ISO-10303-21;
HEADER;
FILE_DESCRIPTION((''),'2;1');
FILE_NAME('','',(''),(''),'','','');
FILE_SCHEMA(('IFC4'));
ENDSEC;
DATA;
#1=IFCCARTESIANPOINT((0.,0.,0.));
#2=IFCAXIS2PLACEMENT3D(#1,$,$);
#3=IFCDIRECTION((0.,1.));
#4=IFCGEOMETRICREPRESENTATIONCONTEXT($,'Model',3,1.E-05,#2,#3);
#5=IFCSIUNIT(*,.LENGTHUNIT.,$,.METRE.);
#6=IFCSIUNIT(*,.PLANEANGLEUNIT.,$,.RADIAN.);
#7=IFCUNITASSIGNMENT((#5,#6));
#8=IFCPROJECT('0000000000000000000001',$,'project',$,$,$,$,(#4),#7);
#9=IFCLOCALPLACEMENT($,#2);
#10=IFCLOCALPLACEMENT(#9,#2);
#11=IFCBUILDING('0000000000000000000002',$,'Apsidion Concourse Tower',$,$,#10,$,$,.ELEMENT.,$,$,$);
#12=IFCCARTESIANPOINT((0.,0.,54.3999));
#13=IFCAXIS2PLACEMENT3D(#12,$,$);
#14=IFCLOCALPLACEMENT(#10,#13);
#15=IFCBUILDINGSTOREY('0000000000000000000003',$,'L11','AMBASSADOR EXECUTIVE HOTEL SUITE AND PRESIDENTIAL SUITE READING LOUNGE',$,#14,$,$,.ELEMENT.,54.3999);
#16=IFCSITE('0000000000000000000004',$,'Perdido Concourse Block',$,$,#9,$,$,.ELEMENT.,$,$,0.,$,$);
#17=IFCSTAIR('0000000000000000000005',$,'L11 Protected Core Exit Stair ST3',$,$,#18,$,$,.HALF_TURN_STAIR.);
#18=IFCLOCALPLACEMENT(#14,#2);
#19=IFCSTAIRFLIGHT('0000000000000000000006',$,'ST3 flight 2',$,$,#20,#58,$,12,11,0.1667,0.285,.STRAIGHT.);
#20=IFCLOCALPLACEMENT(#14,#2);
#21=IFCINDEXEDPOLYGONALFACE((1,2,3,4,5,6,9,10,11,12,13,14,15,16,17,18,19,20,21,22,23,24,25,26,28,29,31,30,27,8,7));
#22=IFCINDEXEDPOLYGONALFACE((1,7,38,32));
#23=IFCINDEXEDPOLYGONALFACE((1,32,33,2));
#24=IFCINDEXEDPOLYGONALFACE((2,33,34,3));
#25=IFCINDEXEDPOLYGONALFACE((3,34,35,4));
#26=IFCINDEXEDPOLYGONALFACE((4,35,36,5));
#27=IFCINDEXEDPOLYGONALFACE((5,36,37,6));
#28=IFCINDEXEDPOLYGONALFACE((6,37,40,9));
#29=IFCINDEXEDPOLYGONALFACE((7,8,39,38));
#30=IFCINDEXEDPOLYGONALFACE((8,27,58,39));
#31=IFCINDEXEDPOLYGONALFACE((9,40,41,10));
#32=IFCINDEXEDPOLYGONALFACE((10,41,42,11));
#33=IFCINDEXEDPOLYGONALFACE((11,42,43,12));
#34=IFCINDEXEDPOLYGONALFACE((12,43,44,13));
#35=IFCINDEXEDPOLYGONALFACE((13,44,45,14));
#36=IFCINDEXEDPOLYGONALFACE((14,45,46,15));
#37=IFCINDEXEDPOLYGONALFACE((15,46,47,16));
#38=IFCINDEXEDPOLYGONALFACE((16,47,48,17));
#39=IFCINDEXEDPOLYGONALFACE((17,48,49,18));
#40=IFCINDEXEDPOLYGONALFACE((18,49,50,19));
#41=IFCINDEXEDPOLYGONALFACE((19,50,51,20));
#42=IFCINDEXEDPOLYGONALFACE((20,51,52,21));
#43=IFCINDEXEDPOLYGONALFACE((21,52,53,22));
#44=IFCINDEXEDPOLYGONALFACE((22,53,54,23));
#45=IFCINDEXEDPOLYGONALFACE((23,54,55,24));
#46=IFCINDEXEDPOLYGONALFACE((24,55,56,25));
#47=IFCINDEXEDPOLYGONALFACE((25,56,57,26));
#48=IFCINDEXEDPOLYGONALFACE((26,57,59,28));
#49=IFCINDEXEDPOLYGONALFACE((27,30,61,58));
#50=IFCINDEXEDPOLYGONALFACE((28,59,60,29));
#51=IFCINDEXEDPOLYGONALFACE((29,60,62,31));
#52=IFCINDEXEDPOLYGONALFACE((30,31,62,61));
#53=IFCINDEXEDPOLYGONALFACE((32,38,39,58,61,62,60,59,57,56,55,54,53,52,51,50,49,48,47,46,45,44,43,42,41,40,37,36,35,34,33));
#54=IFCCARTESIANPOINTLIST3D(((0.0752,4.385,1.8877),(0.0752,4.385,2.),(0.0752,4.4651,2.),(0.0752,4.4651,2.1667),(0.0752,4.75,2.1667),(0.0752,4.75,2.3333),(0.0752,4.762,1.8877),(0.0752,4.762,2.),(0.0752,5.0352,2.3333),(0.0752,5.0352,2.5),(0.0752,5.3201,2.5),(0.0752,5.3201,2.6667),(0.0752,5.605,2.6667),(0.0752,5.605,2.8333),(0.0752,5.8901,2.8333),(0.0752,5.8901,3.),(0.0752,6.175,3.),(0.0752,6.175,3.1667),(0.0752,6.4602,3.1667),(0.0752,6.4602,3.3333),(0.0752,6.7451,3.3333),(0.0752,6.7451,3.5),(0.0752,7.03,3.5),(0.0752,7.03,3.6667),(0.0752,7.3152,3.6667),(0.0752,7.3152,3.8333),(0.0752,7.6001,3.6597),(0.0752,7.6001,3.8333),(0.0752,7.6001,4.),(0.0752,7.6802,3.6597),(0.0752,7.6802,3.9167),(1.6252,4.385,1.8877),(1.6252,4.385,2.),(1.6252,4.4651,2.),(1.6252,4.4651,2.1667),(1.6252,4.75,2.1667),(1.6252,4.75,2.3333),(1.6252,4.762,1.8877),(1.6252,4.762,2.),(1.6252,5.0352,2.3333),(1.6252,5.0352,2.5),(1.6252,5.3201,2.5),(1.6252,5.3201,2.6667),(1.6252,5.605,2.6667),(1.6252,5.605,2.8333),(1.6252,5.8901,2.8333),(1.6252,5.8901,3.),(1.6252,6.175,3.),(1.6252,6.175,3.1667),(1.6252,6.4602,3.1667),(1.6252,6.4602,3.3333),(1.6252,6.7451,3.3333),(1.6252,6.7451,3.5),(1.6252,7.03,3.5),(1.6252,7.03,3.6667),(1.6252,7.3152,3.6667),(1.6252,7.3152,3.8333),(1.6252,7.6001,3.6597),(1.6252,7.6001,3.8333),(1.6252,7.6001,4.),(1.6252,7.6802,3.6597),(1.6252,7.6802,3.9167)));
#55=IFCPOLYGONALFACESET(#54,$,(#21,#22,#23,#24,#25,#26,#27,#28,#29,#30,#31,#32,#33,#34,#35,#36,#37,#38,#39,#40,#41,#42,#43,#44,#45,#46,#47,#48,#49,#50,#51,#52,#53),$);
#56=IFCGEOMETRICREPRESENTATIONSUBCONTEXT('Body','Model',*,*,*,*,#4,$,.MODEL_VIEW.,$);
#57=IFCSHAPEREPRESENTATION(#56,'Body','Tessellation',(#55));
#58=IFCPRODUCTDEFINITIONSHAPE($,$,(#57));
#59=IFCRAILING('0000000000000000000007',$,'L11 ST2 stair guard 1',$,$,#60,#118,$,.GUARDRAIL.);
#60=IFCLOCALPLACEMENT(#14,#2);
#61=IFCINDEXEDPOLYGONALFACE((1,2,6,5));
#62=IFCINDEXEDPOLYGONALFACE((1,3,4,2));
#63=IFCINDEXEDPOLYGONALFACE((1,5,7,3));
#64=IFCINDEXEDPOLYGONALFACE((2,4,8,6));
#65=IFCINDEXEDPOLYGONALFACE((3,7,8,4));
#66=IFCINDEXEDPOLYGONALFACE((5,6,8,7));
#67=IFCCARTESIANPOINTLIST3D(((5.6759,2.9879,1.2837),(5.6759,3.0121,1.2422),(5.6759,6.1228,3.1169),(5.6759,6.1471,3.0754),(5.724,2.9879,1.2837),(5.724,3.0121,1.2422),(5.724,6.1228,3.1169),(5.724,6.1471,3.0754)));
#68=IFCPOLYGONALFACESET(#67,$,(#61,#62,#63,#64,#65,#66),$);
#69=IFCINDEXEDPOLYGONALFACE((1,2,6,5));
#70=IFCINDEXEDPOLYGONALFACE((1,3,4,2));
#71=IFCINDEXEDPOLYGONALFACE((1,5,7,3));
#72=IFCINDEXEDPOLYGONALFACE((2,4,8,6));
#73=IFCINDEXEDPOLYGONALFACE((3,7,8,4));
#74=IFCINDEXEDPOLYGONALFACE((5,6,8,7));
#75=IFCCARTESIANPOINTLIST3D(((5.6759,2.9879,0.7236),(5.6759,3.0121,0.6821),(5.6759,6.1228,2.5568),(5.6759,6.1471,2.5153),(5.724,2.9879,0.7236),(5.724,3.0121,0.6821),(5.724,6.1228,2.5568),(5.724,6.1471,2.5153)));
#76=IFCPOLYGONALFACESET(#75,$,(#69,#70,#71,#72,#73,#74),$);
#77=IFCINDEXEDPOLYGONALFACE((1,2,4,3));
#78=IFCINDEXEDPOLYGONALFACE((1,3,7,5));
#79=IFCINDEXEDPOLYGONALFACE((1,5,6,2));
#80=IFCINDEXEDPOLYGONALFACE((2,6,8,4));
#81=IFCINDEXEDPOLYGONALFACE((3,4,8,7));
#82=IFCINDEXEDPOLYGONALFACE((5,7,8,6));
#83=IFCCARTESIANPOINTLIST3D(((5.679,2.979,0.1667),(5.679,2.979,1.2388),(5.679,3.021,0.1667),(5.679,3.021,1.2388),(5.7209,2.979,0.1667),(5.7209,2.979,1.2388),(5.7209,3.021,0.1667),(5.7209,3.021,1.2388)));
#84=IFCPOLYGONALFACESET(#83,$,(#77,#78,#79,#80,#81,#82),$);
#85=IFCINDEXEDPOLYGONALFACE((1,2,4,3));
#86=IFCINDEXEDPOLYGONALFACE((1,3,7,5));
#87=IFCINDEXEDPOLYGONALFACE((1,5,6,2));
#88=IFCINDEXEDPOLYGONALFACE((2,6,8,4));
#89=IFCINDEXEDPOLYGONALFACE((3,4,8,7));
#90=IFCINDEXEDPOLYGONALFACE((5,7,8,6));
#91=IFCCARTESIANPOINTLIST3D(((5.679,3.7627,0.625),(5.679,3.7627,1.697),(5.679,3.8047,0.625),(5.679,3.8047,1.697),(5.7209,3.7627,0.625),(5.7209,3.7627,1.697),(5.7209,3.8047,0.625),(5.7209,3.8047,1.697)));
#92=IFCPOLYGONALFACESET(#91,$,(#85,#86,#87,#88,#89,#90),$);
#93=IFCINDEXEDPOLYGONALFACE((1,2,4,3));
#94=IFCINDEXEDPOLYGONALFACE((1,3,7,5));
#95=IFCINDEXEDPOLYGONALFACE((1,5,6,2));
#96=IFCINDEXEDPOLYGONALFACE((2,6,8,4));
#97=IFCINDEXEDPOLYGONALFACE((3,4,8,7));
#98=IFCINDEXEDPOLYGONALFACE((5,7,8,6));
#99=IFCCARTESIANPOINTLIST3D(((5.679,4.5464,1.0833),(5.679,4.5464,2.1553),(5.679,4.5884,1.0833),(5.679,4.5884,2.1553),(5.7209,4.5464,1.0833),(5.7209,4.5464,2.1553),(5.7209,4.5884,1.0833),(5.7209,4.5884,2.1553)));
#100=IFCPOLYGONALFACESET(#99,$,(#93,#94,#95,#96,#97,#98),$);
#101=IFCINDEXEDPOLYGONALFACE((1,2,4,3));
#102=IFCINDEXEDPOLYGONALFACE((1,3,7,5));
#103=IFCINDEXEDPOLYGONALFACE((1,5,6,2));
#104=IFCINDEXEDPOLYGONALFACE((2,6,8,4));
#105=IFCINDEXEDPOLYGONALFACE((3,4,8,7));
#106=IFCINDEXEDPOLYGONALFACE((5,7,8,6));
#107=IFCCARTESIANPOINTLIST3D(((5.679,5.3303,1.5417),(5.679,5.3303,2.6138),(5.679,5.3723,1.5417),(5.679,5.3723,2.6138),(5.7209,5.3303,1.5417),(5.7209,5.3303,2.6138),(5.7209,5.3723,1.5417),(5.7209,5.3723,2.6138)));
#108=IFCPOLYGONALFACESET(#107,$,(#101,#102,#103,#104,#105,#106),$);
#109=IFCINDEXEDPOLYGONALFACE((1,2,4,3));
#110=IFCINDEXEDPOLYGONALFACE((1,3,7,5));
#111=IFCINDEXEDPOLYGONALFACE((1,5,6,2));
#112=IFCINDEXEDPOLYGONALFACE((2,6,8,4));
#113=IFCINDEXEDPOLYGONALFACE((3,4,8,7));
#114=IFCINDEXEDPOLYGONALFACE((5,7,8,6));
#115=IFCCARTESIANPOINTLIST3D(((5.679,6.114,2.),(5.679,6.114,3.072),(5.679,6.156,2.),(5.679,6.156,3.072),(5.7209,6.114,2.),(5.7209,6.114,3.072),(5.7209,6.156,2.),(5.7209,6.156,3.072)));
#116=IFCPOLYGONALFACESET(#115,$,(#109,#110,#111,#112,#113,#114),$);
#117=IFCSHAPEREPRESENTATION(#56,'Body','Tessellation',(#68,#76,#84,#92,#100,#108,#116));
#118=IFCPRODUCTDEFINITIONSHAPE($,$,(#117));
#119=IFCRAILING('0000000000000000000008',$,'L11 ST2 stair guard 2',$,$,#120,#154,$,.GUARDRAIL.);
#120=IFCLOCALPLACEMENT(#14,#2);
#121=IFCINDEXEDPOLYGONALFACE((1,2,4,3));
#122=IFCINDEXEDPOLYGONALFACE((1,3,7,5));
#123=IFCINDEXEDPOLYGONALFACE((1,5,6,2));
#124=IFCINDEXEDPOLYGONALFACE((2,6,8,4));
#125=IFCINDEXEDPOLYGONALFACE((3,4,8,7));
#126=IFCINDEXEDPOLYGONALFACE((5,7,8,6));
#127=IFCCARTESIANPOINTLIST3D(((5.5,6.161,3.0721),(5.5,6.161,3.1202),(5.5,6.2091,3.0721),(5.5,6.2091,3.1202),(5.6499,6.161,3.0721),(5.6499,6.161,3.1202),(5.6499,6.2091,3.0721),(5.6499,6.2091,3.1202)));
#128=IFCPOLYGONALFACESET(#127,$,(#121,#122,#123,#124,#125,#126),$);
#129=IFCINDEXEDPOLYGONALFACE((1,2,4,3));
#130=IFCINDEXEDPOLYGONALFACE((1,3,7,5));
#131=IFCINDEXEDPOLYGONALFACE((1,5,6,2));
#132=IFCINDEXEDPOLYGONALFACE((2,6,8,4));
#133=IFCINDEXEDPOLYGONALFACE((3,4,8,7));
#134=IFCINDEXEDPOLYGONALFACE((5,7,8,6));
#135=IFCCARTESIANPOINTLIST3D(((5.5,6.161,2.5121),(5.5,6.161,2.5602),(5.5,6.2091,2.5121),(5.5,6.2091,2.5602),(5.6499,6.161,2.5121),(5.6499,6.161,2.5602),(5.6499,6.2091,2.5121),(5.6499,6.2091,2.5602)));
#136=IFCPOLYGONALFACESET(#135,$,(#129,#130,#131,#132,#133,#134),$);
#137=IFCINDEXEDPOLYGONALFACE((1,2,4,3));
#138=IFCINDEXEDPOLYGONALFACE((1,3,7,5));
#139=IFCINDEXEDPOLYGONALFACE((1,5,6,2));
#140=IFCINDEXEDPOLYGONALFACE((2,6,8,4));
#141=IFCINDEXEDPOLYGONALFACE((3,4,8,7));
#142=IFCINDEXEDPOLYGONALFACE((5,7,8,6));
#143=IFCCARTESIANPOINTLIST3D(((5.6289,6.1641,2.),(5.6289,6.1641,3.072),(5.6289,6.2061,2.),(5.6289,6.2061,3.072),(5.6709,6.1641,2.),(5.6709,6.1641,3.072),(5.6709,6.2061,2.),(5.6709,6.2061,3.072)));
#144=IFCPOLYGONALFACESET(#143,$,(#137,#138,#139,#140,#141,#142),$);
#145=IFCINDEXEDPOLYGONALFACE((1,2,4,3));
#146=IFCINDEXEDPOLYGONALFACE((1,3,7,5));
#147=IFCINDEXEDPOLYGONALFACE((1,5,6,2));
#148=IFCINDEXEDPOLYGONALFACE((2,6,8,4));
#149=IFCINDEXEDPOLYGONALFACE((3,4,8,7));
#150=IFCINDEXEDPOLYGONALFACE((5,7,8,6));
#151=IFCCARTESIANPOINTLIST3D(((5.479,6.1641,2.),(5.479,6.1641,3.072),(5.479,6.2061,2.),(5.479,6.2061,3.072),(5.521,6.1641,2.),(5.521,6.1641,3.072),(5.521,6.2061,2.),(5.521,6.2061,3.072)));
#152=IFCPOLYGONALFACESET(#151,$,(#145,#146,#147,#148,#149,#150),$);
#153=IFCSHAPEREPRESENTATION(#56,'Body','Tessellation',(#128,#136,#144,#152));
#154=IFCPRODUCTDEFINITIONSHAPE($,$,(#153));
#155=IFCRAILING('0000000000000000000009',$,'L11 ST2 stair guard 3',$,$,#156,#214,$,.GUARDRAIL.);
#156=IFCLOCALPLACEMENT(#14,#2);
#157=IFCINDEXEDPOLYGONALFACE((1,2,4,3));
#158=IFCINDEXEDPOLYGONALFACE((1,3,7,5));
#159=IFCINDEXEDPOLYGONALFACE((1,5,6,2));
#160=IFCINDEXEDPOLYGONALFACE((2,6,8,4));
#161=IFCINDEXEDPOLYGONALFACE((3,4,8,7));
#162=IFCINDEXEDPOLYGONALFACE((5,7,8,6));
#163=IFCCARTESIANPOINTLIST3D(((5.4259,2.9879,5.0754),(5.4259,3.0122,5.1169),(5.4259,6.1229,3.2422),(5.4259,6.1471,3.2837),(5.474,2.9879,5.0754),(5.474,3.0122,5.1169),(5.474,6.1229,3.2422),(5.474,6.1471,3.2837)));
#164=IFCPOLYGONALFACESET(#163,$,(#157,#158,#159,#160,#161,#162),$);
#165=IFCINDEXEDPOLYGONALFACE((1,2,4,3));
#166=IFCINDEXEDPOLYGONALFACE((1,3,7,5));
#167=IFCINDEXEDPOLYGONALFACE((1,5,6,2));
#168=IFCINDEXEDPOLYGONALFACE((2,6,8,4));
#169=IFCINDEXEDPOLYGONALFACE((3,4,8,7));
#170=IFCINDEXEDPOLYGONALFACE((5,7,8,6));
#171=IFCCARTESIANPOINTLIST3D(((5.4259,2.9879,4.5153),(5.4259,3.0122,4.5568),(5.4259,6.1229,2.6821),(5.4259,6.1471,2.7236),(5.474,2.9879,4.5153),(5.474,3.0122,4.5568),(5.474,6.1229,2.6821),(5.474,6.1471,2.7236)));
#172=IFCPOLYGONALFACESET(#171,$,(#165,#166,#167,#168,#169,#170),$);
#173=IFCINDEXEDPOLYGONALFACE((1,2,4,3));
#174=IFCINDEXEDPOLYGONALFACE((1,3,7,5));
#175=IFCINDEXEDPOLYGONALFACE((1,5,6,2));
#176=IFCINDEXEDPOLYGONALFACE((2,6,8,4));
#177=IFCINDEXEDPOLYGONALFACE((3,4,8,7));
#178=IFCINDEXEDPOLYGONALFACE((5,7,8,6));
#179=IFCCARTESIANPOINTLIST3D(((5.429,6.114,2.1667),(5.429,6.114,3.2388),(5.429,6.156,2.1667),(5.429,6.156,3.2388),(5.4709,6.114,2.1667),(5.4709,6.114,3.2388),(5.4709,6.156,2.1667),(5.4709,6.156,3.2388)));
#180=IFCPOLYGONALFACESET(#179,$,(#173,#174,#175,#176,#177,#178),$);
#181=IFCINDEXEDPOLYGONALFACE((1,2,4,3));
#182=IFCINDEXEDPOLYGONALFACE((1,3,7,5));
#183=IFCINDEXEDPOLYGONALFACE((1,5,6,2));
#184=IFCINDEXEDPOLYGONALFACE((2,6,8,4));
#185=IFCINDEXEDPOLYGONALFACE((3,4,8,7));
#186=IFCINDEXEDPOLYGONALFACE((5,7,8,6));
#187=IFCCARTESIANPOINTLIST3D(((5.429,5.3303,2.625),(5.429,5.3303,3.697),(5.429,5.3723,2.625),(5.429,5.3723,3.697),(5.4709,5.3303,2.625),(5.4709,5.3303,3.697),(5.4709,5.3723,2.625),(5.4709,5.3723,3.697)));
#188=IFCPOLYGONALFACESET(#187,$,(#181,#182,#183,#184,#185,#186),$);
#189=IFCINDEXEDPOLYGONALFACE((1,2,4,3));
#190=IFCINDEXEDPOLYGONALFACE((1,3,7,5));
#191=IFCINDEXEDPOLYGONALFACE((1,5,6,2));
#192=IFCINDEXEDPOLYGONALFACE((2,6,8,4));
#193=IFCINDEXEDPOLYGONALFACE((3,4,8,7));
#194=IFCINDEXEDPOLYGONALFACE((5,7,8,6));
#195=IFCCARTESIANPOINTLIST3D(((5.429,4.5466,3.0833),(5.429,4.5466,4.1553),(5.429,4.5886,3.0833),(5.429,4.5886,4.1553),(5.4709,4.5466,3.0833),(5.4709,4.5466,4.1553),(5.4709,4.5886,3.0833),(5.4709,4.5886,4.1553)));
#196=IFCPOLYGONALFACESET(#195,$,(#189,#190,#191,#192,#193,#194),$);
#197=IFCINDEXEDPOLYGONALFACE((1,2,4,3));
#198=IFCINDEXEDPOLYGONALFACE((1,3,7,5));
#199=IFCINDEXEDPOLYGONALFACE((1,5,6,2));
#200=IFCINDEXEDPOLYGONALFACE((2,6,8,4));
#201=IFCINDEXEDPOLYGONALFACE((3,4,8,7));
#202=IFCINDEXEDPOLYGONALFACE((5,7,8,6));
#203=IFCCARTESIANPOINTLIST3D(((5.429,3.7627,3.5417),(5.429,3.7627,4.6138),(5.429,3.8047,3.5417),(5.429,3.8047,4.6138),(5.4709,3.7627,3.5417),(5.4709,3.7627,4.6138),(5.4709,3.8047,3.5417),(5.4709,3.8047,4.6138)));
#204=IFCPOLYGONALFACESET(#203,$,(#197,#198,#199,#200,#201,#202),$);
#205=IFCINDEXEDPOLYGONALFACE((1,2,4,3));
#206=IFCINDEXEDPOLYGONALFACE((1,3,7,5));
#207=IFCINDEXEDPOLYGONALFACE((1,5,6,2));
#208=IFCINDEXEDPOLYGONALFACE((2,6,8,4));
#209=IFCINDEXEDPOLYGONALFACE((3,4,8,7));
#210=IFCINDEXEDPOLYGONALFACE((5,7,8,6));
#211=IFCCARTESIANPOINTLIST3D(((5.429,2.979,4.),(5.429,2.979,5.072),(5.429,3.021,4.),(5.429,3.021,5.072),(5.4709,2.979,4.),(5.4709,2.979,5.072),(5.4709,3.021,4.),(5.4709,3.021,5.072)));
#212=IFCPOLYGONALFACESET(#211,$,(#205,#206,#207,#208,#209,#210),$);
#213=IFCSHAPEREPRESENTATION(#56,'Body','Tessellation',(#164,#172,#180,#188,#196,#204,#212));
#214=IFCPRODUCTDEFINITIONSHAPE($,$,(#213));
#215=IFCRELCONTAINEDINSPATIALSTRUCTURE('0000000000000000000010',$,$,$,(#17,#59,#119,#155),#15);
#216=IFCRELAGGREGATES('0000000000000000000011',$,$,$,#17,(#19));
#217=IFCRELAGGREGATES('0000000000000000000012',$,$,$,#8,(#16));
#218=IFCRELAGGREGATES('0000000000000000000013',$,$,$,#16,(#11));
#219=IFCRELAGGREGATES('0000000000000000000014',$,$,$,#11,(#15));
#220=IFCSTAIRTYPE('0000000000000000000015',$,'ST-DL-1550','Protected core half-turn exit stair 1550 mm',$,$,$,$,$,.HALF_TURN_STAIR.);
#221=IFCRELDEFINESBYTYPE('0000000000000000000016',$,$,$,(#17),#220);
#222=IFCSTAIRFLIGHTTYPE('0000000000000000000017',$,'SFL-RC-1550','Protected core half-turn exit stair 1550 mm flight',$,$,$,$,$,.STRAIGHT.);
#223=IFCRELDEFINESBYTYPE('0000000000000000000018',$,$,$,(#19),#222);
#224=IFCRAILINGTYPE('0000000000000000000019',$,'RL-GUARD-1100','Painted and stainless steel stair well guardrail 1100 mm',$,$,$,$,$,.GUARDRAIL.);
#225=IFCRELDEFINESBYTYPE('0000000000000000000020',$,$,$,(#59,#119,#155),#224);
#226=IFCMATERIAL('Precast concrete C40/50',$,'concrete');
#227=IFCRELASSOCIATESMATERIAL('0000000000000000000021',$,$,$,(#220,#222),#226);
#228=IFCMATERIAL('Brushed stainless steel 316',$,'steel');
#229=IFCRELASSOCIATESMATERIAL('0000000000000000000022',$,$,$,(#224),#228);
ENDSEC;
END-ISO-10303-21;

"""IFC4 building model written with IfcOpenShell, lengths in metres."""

from ifc_helpers import new_model, si_unit, direction, frame, origin, origin_2d, place, context, subcontext, project, spatial, polyline, rectangle, outline, extrude, material, type_object, element, aggregate, save


model = new_model("IFC4")

# Units and contexts
model_context = context("Model", 3, precision=1e-05, world=origin(), true_north=direction((0.0, 1.0)))
body_context = subcontext(model_context, "Body", "Model", "MODEL_VIEW")
ifc_project = project(units=[si_unit("LENGTHUNIT", "METRE"), si_unit("PLANEANGLEUNIT", "RADIAN")], contexts=[model_context])

# Site, building, storey
site_placement = place(None, origin())
site = spatial("IfcSite", under=ifc_project, at=site_placement, Name="Perdido Concourse Block", CompositionType="ELEMENT", RefElevation=0.0)
building_placement = place(site_placement, origin())
building = spatial("IfcBuilding", under=site, at=building_placement, Name="Apsidion Concourse Tower", CompositionType="ELEMENT")
storey_placement = place(building_placement, frame((0.0, 0.0, 54.3999)))
storey = spatial("IfcBuildingStorey", under=building, at=storey_placement, Name="L11", Description="AMBASSADOR EXECUTIVE HOTEL SUITE AND PRESIDENTIAL SUITE READING LOUNGE", CompositionType="ELEMENT", Elevation=54.3999)

# Shared definitions
ifc_material_1 = material(Name="Precast concrete C40/50", Category="concrete")
stair_type = type_object("IfcStairType", Name="ST-DL-1550", Description="Protected core half-turn exit stair 1550 mm", PredefinedType="HALF_TURN_STAIR", material=ifc_material_1)
stair_flight_type = type_object("IfcStairFlightType", Name="SFL-RC-1550", Description="Protected core half-turn exit stair 1550 mm flight", PredefinedType="STRAIGHT", material=ifc_material_1)

# Stair, stair flight
stair_1_placement = place(storey_placement, origin())
stair_1 = element("IfcStair", 1, at=stair_1_placement, inside=storey, type_object=stair_type, Name="L11 Protected Core Exit Stair ST3", PredefinedType="HALF_TURN_STAIR")
stair_flight_1_placement = place(storey_placement, frame((0.8501, 4.4651, 2.0), z_axis=(0.0, 0.0, 1.0), x_axis=(0.0, 1.0, 0.0)))
stair_flight_1 = element("IfcStairFlight", 2, at=stair_flight_1_placement, type_object=stair_flight_type, Name="ST3 flight 2", NumberOfRisers=12, NumberOfTreads=11, PredefinedType="STRAIGHT", RiserHeight=0.1667, TreadLength=0.285, context=body_context, shape_type="SweptSolid", body=[
    extrude(outline(polyline([(-0.0801, -0.1123), (-0.0801, 0.0), (0.0, 0.0), (0.0, 0.1667), (0.2849, 0.1667), (0.2849, 0.3333), (0.5701, 0.3333), (0.5701, 0.5), (0.855, 0.5), (0.855, 0.6667), (1.1399, 0.6667), (1.1399, 0.8333), (1.425, 0.8333), (1.425, 1.0), (1.71, 1.0), (1.71, 1.1667), (1.9951, 1.1667), (1.9951, 1.3333), (2.28, 1.3333), (2.28, 1.5), (2.5649, 1.5), (2.5649, 1.6667), (2.8501, 1.6667), (2.8501, 1.8333), (3.135, 1.8333), (3.135, 2.0), (3.2151, 1.9167), (3.2151, 1.6597), (3.135, 1.6597), (0.2969, 0.0), (0.2969, -0.1123), (-0.0801, -0.1123)])), frame((0.0, 0.7749, 0.0), z_axis=(0.0, -1.0, 0.0), x_axis=(1.0, 0.0, 0.0)), (0.0, 0.0, 1.0), 1.55),
])
aggregate(stair_1, [stair_flight_1])

# Railings
ifc_material_2 = material(Name="Brushed stainless steel 316", Category="steel")
railing_type_1 = type_object("IfcRailingType", Name="RL-GUARD-1100", Description="Painted and stainless steel stair well guardrail 1100 mm", PredefinedType="GUARDRAIL", material=ifc_material_2)
railing_1_placement = place(storey_placement, frame((5.7, 3.0, 0.1667)))
element("IfcRailing", 3, at=railing_1_placement, inside=storey, type_object=railing_type_1, Name="L11 ST2 stair guard 1", PredefinedType="GUARDRAIL", context=body_context, shape_type="SweptSolid", body=[
    extrude(rectangle(XDim=0.0481, YDim=0.0481, at=origin_2d()), frame((0.0, 0.0, 1.0962), z_axis=(0.0, 0.86324, 0.504794), x_axis=(-1.0, 0.0, 0.0)), (0.0, 0.0, 1.0), 3.6316),
    extrude(rectangle(XDim=0.0481, YDim=0.0481, at=origin_2d()), frame((0.0, 0.0, 0.5361), z_axis=(0.0, 0.86324, 0.504794), x_axis=(-1.0, 0.0, 0.0)), (0.0, 0.0, 1.0), 3.6316),
    extrude(rectangle(XDim=0.042, YDim=0.042, at=origin_2d()), origin(), (0.0, 0.0, 1.0), 1.072),
    extrude(rectangle(XDim=0.042, YDim=0.042, at=origin_2d()), frame((0.0, 0.7837, 0.4583)), (0.0, 0.0, 1.0), 1.072),
    extrude(rectangle(XDim=0.042, YDim=0.042, at=origin_2d()), frame((0.0, 1.5674, 0.9165)), (0.0, 0.0, 1.0), 1.072),
    extrude(rectangle(XDim=0.042, YDim=0.042, at=origin_2d()), frame((0.0, 2.3513, 1.375)), (0.0, 0.0, 1.0), 1.072),
    extrude(rectangle(XDim=0.042, YDim=0.042, at=origin_2d()), frame((0.0, 3.135, 1.8333)), (0.0, 0.0, 1.0), 1.072),
])
railing_2_placement = place(storey_placement, frame((5.6499, 6.1851, 2.0)))
element("IfcRailing", 4, at=railing_2_placement, inside=storey, type_object=railing_type_1, Name="L11 ST2 stair guard 2", PredefinedType="GUARDRAIL", context=body_context, shape_type="SweptSolid", body=[
    extrude(rectangle(XDim=0.0481, YDim=0.0481, at=origin_2d()), frame((0.0, 0.0, 1.0962), z_axis=(-1.0, 0.0, 0.0), x_axis=(0.0, -1.0, 0.0)), (0.0, 0.0, 1.0), 0.1499),
    extrude(rectangle(XDim=0.0481, YDim=0.0481, at=origin_2d()), frame((0.0, 0.0, 0.5361), z_axis=(-1.0, 0.0, 0.0), x_axis=(0.0, -1.0, 0.0)), (0.0, 0.0, 1.0), 0.1499),
    extrude(rectangle(XDim=0.042, YDim=0.042, at=origin_2d()), origin(), (0.0, 0.0, 1.0), 1.072),
    extrude(rectangle(XDim=0.042, YDim=0.042, at=origin_2d()), frame((-0.1499, 0.0, 0.0)), (0.0, 0.0, 1.0), 1.072),
])
railing_3_placement = place(storey_placement, frame((5.45, 6.135, 2.1667)))
element("IfcRailing", 5, at=railing_3_placement, inside=storey, type_object=railing_type_1, Name="L11 ST2 stair guard 3", PredefinedType="GUARDRAIL", context=body_context, shape_type="SweptSolid", body=[
    extrude(rectangle(XDim=0.0481, YDim=0.0481, at=origin_2d()), frame((0.0, 0.0, 1.0962), z_axis=(0.0, -0.86324, 0.504794), x_axis=(1.0, 0.0, 0.0)), (0.0, 0.0, 1.0), 3.6316),
    extrude(rectangle(XDim=0.0481, YDim=0.0481, at=origin_2d()), frame((0.0, 0.0, 0.5361), z_axis=(0.0, -0.86324, 0.504794), x_axis=(1.0, 0.0, 0.0)), (0.0, 0.0, 1.0), 3.6316),
    extrude(rectangle(XDim=0.042, YDim=0.042, at=origin_2d()), origin(), (0.0, 0.0, 1.0), 1.072),
    extrude(rectangle(XDim=0.042, YDim=0.042, at=origin_2d()), frame((0.0, -0.7837, 0.4583)), (0.0, 0.0, 1.0), 1.072),
    extrude(rectangle(XDim=0.042, YDim=0.042, at=origin_2d()), frame((0.0, -1.5674, 0.9165)), (0.0, 0.0, 1.0), 1.072),
    extrude(rectangle(XDim=0.042, YDim=0.042, at=origin_2d()), frame((0.0, -2.3513, 1.375)), (0.0, 0.0, 1.0), 1.072),
    extrude(rectangle(XDim=0.042, YDim=0.042, at=origin_2d()), frame((0.0, -3.135, 1.8333)), (0.0, 0.0, 1.0), 1.072),
])

save(model, "model.ifc")
